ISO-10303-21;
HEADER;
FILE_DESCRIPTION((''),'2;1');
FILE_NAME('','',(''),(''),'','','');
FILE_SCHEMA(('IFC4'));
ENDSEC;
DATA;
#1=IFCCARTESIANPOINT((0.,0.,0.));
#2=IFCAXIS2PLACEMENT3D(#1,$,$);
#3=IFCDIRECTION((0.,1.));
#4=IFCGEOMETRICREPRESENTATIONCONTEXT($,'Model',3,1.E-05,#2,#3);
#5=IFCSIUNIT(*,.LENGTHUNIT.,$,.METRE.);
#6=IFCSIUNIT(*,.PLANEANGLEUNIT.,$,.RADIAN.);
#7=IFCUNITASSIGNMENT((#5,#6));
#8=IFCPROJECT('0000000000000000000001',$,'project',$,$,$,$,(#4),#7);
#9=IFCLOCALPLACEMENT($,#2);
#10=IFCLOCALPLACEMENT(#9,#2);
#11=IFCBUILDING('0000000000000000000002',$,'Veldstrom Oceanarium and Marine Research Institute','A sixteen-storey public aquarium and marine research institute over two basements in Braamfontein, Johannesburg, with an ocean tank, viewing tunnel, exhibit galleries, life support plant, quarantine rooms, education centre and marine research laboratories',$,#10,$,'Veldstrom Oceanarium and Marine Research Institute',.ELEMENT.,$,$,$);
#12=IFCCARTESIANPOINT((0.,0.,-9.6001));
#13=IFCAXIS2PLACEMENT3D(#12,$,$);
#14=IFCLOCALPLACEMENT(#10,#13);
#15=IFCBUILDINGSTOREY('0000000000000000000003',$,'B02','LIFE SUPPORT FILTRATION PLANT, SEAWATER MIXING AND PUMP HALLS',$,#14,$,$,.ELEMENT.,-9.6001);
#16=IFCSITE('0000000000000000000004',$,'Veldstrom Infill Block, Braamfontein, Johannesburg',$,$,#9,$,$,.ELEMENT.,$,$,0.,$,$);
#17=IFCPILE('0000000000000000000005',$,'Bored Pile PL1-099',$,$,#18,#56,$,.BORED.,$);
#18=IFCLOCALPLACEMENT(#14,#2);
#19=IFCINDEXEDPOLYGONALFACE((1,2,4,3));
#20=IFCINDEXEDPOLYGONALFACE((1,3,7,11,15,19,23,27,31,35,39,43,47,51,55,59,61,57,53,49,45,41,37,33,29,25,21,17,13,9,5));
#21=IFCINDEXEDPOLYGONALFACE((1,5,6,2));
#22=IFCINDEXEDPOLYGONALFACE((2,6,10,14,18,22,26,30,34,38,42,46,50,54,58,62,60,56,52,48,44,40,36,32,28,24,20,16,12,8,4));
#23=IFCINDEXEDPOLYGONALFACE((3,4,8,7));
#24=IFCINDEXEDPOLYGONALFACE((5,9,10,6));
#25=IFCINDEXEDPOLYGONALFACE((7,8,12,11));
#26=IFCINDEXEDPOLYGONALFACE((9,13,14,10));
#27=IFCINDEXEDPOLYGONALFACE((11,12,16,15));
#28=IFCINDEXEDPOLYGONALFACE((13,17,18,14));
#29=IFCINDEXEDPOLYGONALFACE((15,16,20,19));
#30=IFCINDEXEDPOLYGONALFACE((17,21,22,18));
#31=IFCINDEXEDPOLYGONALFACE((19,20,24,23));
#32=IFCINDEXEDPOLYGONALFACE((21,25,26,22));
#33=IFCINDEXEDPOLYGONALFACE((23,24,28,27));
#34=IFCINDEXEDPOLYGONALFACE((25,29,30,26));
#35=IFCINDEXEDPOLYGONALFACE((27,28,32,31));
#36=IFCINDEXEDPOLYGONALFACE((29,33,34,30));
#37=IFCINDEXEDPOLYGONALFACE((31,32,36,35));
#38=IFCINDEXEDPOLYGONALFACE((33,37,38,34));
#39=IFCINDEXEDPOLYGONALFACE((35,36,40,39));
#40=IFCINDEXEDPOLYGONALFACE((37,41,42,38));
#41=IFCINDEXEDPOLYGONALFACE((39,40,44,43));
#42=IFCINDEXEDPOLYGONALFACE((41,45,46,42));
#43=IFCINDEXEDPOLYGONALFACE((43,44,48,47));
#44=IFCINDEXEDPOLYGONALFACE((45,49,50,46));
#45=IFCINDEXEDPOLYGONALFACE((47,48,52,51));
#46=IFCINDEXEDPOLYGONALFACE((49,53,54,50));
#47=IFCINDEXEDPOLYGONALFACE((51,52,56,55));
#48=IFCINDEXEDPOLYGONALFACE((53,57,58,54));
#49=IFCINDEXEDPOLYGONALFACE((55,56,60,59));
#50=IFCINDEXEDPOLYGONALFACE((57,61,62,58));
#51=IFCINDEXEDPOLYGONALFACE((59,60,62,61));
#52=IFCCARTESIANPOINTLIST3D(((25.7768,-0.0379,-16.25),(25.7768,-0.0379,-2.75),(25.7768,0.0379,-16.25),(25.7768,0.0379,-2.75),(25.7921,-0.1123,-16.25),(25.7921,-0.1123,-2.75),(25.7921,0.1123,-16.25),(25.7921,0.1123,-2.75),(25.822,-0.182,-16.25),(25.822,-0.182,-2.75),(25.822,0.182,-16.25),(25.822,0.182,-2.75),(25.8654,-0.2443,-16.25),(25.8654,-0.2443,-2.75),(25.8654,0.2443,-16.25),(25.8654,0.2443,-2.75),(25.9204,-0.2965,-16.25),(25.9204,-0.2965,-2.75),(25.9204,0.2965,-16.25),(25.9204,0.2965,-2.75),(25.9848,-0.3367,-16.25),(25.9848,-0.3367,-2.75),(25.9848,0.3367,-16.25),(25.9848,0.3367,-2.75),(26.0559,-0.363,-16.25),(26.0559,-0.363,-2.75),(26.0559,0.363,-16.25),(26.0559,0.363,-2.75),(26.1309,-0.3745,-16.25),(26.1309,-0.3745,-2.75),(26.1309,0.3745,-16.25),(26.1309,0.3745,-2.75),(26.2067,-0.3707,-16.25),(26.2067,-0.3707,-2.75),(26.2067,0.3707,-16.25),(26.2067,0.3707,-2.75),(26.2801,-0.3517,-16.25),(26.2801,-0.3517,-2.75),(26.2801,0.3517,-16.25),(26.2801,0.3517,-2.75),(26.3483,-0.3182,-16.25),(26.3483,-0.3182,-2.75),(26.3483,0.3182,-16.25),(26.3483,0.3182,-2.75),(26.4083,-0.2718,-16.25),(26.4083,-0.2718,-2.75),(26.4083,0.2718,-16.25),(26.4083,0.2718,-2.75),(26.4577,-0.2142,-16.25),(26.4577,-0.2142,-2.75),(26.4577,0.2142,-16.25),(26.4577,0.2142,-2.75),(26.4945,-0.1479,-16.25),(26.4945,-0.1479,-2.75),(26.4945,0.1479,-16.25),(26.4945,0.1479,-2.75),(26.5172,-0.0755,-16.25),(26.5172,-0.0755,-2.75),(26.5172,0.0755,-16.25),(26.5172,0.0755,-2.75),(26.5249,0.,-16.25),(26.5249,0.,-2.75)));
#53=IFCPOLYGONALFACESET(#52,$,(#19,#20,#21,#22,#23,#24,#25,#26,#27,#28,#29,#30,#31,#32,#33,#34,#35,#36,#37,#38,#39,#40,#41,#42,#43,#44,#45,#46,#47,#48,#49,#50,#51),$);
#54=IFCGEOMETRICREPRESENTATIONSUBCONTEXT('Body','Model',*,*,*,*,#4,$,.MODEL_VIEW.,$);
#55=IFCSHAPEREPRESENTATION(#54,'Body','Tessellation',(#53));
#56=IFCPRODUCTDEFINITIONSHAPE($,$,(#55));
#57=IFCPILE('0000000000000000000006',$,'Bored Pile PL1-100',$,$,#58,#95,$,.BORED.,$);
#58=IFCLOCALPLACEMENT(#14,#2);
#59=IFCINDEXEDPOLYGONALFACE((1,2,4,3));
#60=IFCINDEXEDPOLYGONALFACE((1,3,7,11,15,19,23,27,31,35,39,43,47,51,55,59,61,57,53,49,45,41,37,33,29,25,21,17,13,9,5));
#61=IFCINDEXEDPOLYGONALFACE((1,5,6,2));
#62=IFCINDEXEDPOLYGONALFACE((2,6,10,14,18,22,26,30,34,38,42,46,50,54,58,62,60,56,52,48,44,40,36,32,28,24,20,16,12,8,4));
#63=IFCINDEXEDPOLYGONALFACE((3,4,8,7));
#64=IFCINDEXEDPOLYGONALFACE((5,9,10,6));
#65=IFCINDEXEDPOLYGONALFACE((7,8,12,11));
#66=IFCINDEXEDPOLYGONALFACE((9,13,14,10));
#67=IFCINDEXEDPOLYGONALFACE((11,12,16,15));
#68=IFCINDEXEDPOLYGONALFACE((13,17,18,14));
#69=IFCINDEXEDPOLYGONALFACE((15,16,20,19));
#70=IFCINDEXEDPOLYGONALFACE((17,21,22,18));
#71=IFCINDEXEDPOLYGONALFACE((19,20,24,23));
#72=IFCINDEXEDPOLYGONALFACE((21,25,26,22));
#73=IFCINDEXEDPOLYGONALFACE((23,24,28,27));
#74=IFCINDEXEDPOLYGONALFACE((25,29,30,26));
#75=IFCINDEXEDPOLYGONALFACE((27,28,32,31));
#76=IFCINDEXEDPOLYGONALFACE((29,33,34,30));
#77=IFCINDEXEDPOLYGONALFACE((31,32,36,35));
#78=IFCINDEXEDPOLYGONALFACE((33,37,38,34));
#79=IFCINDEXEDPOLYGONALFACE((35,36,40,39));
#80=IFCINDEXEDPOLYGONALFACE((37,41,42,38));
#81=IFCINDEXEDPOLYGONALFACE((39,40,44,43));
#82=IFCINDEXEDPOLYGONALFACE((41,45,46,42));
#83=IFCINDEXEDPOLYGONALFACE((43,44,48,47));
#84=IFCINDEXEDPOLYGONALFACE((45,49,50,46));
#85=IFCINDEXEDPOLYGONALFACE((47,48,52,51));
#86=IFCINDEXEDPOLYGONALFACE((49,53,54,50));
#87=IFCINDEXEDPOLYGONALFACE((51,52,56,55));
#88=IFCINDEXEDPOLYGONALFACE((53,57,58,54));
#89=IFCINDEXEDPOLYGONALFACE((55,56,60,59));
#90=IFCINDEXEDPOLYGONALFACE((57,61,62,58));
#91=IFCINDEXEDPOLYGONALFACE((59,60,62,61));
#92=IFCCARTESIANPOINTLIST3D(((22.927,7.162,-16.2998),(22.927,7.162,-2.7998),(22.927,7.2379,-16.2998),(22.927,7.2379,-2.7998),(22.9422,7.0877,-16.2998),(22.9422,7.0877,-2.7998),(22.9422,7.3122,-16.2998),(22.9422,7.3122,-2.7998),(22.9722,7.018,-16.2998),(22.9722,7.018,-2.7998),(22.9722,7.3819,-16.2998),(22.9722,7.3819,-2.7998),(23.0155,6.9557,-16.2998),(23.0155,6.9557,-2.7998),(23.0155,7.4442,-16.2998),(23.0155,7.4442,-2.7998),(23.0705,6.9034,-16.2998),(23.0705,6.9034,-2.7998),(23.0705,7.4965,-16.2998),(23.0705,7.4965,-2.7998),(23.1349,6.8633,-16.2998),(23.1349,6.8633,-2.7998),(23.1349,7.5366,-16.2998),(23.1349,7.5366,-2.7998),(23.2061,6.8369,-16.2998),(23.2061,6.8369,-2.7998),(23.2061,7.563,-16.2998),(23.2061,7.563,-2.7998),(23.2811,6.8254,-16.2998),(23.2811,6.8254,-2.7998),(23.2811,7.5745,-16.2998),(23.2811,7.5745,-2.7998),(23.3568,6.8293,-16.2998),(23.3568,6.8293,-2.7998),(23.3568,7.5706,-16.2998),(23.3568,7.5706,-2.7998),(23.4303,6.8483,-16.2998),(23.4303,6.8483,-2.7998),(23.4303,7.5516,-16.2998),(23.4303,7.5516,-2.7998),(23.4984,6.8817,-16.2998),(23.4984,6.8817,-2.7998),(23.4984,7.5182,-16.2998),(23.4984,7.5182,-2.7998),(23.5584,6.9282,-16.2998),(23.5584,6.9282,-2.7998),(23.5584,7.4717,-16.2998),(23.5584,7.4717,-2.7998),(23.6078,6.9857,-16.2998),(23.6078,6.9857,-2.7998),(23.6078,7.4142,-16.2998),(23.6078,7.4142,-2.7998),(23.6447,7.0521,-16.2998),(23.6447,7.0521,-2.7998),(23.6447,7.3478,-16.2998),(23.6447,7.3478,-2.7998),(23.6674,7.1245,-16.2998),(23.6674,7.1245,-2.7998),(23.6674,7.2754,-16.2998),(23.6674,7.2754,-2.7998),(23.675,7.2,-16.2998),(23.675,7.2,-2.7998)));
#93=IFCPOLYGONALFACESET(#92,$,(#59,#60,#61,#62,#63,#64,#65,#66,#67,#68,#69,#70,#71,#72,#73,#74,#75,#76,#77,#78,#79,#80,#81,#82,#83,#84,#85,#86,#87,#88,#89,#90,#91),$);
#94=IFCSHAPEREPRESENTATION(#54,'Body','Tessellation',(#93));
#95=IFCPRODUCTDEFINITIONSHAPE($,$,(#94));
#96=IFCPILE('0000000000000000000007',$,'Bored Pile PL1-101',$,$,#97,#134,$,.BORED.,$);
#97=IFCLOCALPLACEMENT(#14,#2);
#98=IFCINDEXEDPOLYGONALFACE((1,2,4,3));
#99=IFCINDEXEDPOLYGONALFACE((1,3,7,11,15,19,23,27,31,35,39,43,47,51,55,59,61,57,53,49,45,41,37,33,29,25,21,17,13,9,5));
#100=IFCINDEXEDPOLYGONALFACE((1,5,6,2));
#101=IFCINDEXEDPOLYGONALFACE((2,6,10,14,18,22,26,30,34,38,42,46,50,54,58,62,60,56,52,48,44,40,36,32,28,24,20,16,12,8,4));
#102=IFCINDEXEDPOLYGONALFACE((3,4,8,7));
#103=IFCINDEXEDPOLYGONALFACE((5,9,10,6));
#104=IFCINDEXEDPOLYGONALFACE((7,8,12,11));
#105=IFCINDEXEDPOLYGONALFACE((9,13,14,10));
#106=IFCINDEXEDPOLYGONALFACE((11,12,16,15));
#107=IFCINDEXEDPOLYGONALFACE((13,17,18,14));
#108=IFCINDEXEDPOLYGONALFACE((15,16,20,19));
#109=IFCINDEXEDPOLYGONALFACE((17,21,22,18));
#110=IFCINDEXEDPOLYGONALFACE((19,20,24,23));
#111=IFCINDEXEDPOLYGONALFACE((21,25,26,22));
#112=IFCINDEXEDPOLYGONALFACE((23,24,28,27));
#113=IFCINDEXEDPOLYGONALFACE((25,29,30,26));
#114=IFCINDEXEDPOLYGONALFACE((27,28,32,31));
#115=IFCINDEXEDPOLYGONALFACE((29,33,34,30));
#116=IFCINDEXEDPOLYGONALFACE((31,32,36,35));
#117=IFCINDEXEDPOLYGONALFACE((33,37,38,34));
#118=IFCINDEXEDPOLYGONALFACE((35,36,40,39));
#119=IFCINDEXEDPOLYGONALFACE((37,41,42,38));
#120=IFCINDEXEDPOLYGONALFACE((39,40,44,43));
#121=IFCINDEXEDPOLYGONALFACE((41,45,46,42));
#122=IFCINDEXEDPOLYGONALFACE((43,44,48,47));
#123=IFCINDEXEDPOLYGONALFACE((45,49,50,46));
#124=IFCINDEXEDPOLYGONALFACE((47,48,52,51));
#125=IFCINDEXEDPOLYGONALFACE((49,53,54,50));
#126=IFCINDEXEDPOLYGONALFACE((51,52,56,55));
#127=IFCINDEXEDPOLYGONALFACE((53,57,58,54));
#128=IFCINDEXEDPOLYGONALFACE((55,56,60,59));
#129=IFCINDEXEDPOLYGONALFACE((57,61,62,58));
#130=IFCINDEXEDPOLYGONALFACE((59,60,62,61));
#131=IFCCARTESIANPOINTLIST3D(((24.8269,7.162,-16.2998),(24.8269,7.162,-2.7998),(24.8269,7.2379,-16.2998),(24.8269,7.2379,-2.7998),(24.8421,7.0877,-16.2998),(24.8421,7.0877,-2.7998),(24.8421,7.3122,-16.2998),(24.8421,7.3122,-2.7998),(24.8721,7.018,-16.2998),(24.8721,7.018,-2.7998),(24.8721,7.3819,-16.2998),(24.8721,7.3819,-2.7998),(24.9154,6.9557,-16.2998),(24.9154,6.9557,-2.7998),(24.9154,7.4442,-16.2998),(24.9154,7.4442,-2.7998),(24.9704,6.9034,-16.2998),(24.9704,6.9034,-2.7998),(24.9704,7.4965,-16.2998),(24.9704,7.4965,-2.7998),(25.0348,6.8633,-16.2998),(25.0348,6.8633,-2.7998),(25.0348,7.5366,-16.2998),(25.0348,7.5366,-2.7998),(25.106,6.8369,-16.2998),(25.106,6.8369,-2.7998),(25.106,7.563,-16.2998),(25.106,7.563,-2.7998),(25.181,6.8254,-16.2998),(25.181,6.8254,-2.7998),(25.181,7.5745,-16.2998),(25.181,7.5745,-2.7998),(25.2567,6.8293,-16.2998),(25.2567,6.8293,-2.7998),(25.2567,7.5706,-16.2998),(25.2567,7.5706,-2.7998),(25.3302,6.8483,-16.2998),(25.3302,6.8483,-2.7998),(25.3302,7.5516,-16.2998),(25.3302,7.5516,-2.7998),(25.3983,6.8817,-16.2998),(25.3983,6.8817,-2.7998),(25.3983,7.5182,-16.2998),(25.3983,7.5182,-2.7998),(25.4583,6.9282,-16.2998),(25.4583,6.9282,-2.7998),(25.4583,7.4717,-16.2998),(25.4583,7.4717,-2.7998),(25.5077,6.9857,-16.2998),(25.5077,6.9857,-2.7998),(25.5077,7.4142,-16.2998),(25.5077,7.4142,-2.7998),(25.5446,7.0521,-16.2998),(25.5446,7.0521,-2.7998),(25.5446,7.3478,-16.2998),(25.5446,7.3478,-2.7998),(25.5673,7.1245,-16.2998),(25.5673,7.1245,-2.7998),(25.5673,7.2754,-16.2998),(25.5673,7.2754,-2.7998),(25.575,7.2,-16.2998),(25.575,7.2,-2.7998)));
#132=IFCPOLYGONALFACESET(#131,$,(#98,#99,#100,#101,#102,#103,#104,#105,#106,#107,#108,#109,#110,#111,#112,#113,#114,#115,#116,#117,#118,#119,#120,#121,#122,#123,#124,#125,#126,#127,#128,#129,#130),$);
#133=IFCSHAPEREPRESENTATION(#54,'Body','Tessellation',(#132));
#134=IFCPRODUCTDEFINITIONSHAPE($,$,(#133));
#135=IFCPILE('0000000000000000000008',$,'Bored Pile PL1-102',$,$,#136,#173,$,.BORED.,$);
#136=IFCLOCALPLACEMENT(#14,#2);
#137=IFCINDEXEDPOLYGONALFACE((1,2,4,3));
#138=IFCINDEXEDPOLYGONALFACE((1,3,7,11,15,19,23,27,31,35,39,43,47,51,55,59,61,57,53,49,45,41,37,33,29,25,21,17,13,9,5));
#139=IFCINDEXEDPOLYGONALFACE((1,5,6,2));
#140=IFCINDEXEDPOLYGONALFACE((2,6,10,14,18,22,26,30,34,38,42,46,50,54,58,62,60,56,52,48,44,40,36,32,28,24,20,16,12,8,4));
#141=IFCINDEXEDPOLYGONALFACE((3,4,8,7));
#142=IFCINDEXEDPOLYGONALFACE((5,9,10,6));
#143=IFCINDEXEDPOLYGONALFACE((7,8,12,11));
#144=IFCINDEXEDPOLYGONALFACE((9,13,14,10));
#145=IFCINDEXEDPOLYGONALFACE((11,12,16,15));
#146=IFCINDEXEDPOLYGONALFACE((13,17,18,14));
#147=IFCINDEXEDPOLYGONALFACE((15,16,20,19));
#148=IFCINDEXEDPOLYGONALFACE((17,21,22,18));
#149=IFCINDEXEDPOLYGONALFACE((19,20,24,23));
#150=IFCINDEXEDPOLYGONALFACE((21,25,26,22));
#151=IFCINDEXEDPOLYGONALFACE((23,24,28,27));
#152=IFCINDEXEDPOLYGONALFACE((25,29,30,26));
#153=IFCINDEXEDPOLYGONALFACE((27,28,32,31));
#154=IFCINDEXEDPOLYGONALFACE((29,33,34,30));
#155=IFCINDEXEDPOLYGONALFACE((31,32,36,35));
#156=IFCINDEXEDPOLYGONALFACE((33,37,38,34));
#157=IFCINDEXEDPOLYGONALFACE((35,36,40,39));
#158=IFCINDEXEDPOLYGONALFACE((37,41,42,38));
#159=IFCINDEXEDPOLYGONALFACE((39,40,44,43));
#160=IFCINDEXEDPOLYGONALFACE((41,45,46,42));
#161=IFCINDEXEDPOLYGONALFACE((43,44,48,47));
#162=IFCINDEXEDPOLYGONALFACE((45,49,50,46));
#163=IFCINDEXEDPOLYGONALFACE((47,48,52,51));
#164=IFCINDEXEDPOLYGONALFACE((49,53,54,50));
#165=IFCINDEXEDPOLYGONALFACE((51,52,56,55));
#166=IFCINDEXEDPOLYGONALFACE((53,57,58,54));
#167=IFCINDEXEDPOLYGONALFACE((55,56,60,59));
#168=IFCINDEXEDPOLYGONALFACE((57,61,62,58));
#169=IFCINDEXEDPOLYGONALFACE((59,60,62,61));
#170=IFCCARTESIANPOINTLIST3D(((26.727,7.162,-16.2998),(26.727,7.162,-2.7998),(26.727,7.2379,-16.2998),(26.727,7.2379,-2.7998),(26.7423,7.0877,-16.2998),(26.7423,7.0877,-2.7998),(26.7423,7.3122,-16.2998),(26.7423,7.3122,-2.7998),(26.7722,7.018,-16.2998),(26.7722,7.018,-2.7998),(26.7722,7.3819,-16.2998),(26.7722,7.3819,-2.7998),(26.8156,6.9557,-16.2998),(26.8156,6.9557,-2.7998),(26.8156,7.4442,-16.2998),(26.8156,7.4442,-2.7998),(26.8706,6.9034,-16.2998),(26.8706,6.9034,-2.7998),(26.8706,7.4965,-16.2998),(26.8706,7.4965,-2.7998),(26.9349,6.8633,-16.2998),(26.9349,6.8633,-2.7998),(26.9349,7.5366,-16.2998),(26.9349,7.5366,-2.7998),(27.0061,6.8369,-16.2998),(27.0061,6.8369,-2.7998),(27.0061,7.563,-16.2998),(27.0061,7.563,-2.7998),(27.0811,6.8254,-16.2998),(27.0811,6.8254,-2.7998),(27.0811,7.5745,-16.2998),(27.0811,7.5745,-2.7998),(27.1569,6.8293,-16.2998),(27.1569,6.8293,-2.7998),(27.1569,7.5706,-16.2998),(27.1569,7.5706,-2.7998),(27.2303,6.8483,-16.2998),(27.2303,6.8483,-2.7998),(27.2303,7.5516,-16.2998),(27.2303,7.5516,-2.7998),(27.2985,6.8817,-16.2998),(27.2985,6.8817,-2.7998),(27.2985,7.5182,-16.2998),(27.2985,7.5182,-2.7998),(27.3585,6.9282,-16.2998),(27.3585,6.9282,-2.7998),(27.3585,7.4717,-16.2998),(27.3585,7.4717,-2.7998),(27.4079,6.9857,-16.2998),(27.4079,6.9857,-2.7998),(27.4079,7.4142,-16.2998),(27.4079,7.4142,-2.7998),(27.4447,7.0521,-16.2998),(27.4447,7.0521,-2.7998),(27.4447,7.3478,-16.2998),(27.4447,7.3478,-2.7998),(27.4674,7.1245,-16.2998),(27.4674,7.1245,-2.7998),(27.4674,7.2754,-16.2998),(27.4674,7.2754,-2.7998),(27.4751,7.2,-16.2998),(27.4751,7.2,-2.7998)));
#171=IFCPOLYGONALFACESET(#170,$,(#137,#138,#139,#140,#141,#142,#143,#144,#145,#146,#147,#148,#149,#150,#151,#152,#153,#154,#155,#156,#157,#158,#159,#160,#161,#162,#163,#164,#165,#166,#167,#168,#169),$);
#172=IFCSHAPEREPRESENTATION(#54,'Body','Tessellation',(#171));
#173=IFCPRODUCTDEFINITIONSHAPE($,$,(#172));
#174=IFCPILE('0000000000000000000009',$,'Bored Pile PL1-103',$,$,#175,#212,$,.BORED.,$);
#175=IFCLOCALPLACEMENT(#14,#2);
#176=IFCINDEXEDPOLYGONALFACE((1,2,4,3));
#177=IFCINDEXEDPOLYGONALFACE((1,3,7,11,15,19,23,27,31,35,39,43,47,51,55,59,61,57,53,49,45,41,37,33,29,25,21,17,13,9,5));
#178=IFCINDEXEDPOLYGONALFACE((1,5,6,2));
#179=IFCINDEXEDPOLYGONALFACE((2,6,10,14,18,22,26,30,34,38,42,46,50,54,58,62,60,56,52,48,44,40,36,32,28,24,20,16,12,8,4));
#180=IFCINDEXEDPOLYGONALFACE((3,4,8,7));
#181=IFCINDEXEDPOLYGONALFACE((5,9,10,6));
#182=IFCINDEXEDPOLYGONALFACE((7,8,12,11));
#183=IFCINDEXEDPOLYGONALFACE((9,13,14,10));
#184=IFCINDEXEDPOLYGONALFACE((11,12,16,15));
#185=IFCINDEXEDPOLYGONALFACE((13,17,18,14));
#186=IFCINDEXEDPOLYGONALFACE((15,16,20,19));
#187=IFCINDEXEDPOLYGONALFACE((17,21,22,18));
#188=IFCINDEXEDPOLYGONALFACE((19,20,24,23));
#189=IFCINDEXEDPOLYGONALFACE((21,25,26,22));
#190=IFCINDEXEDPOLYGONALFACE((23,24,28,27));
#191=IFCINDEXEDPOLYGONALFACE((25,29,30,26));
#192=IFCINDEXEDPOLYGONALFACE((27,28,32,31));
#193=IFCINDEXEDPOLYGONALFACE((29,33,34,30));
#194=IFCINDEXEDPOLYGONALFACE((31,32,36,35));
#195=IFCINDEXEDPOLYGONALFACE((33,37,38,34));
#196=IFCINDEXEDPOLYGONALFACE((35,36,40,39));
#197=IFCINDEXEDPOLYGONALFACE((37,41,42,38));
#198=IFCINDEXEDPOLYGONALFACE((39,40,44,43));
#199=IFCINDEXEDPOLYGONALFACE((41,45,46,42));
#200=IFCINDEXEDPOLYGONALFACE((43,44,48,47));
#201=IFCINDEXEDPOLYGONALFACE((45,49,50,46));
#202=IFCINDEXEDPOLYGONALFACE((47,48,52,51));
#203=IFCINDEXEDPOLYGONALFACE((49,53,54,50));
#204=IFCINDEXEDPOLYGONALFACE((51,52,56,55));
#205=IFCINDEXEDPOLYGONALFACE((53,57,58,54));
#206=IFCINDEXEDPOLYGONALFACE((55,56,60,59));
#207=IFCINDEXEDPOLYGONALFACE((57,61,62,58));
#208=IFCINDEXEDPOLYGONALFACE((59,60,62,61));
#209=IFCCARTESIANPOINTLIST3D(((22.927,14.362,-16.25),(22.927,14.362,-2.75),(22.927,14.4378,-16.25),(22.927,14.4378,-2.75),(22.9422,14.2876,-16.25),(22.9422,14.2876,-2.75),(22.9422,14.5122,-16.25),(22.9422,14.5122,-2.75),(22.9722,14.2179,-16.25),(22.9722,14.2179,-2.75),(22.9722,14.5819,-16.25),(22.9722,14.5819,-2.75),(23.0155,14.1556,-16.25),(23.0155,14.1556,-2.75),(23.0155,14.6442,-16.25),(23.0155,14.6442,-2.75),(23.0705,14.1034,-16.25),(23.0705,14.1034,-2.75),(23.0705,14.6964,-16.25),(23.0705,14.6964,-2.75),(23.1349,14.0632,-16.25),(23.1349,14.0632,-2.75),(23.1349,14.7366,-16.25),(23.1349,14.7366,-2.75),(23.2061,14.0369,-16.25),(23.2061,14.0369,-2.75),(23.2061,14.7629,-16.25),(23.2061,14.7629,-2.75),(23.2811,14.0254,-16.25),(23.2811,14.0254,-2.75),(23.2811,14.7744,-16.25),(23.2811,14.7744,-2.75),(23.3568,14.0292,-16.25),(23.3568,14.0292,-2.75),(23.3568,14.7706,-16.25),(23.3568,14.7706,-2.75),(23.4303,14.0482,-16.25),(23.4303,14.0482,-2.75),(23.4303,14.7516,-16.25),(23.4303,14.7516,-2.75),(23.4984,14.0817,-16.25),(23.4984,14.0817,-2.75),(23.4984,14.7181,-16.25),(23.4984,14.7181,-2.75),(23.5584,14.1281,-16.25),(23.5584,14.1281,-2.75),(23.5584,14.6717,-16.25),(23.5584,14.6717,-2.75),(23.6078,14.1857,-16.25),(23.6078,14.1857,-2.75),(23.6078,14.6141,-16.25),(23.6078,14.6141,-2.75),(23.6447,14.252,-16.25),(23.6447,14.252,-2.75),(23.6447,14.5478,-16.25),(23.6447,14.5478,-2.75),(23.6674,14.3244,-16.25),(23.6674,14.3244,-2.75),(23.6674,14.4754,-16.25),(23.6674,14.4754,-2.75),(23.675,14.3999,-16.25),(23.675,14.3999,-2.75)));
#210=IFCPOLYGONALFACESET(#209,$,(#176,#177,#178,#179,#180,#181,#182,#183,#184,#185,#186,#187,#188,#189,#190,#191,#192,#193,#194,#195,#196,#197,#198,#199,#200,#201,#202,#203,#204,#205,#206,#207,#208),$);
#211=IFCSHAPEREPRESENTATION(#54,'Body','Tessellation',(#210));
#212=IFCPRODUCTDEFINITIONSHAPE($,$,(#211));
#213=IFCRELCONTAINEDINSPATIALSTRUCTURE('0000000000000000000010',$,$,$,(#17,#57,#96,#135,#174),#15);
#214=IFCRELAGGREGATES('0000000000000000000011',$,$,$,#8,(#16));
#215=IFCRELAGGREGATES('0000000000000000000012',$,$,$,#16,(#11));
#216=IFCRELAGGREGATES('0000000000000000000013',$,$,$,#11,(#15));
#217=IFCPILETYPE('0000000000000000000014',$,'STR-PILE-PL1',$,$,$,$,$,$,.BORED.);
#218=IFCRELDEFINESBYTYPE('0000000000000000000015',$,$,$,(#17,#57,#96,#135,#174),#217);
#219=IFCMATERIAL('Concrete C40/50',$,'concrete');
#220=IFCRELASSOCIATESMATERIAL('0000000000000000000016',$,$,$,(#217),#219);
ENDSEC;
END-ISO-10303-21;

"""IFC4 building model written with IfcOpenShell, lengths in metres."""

from ifc_helpers import new_model, si_unit, direction, frame, origin, origin_2d, place, context, subcontext, project, spatial, circle, extrude, material, material_profile, profile_set, type_object, element, save


model = new_model("IFC4")

# Units and contexts
model_context = context("Model", 3, precision=1e-05, world=origin(), true_north=direction((0.0, 1.0)))
body_context = subcontext(model_context, "Body", "Model", "MODEL_VIEW")
ifc_project = project(units=[si_unit("LENGTHUNIT", "METRE"), si_unit("PLANEANGLEUNIT", "RADIAN")], contexts=[model_context])

# Site, building, storey
site_placement = place(None, origin())
site = spatial("IfcSite", under=ifc_project, at=site_placement, Name="Veldstrom Infill Block, Braamfontein, Johannesburg", CompositionType="ELEMENT", RefElevation=0.0)
building_placement = place(site_placement, origin())
building = spatial("IfcBuilding", under=site, at=building_placement, Name="Veldstrom Oceanarium and Marine Research Institute", Description="A sixteen-storey public aquarium and marine research institute over two basements in Braamfontein, Johannesburg, with an ocean tank, viewing tunnel, exhibit galleries, life support plant, quarantine rooms, education centre and marine research laboratories", LongName="Veldstrom Oceanarium and Marine Research Institute", CompositionType="ELEMENT")
storey_placement = place(building_placement, frame((0.0, 0.0, -9.6001)))
storey = spatial("IfcBuildingStorey", under=building, at=storey_placement, Name="B02", Description="LIFE SUPPORT FILTRATION PLANT, SEAWATER MIXING AND PUMP HALLS", CompositionType="ELEMENT", Elevation=-9.6001)

# Piles
ifc_material_1 = material(Name="Concrete C40/50", Category="concrete")
ifc_material_profile_1 = material_profile(ifc_material_1, circle(Radius=0.375, at=origin_2d()), Name="PILE-D750")
ifc_profile_set_1 = profile_set([ifc_material_profile_1], Name="Concrete C40/50")
pile_type = type_object("IfcPileType", Name="STR-PILE-PL1", PredefinedType="BORED", material=ifc_profile_set_1)
for number, where, z_axis, x_axis, name in (
    (1, (26.1499, 0.0, -2.75), (0.0, 0.0, -1.0), (1.0, 0.0, 0.0), "Bored Pile PL1-099"),
    (2, (23.3, 7.2, -2.7998), (0.0, 0.0, -1.0), (1.0, 0.0, 0.0), "Bored Pile PL1-100"),
    (3, (25.2, 7.2, -2.7998), (0.0, 0.0, -1.0), (1.0, 0.0, 0.0), "Bored Pile PL1-101"),
    (4, (27.1001, 7.2, -2.7998), (0.0, 0.0, -1.0), (1.0, 0.0, 0.0), "Bored Pile PL1-102"),
    (5, (23.3, 14.3999, -2.75), (0.0, 0.0, -1.0), (1.0, 0.0, 0.0), "Bored Pile PL1-103"),
):
    element("IfcPile", number, at=place(storey_placement, frame(where, z_axis=z_axis, x_axis=x_axis)), inside=storey, type_object=pile_type, Name=name, PredefinedType="BORED", context=body_context, shape_type="SweptSolid", body=[
        extrude(circle(Radius=0.375, at=origin_2d()), origin(), (0.0, 0.0, 1.0), 13.5),
    ])

save(model, "model.ifc")
